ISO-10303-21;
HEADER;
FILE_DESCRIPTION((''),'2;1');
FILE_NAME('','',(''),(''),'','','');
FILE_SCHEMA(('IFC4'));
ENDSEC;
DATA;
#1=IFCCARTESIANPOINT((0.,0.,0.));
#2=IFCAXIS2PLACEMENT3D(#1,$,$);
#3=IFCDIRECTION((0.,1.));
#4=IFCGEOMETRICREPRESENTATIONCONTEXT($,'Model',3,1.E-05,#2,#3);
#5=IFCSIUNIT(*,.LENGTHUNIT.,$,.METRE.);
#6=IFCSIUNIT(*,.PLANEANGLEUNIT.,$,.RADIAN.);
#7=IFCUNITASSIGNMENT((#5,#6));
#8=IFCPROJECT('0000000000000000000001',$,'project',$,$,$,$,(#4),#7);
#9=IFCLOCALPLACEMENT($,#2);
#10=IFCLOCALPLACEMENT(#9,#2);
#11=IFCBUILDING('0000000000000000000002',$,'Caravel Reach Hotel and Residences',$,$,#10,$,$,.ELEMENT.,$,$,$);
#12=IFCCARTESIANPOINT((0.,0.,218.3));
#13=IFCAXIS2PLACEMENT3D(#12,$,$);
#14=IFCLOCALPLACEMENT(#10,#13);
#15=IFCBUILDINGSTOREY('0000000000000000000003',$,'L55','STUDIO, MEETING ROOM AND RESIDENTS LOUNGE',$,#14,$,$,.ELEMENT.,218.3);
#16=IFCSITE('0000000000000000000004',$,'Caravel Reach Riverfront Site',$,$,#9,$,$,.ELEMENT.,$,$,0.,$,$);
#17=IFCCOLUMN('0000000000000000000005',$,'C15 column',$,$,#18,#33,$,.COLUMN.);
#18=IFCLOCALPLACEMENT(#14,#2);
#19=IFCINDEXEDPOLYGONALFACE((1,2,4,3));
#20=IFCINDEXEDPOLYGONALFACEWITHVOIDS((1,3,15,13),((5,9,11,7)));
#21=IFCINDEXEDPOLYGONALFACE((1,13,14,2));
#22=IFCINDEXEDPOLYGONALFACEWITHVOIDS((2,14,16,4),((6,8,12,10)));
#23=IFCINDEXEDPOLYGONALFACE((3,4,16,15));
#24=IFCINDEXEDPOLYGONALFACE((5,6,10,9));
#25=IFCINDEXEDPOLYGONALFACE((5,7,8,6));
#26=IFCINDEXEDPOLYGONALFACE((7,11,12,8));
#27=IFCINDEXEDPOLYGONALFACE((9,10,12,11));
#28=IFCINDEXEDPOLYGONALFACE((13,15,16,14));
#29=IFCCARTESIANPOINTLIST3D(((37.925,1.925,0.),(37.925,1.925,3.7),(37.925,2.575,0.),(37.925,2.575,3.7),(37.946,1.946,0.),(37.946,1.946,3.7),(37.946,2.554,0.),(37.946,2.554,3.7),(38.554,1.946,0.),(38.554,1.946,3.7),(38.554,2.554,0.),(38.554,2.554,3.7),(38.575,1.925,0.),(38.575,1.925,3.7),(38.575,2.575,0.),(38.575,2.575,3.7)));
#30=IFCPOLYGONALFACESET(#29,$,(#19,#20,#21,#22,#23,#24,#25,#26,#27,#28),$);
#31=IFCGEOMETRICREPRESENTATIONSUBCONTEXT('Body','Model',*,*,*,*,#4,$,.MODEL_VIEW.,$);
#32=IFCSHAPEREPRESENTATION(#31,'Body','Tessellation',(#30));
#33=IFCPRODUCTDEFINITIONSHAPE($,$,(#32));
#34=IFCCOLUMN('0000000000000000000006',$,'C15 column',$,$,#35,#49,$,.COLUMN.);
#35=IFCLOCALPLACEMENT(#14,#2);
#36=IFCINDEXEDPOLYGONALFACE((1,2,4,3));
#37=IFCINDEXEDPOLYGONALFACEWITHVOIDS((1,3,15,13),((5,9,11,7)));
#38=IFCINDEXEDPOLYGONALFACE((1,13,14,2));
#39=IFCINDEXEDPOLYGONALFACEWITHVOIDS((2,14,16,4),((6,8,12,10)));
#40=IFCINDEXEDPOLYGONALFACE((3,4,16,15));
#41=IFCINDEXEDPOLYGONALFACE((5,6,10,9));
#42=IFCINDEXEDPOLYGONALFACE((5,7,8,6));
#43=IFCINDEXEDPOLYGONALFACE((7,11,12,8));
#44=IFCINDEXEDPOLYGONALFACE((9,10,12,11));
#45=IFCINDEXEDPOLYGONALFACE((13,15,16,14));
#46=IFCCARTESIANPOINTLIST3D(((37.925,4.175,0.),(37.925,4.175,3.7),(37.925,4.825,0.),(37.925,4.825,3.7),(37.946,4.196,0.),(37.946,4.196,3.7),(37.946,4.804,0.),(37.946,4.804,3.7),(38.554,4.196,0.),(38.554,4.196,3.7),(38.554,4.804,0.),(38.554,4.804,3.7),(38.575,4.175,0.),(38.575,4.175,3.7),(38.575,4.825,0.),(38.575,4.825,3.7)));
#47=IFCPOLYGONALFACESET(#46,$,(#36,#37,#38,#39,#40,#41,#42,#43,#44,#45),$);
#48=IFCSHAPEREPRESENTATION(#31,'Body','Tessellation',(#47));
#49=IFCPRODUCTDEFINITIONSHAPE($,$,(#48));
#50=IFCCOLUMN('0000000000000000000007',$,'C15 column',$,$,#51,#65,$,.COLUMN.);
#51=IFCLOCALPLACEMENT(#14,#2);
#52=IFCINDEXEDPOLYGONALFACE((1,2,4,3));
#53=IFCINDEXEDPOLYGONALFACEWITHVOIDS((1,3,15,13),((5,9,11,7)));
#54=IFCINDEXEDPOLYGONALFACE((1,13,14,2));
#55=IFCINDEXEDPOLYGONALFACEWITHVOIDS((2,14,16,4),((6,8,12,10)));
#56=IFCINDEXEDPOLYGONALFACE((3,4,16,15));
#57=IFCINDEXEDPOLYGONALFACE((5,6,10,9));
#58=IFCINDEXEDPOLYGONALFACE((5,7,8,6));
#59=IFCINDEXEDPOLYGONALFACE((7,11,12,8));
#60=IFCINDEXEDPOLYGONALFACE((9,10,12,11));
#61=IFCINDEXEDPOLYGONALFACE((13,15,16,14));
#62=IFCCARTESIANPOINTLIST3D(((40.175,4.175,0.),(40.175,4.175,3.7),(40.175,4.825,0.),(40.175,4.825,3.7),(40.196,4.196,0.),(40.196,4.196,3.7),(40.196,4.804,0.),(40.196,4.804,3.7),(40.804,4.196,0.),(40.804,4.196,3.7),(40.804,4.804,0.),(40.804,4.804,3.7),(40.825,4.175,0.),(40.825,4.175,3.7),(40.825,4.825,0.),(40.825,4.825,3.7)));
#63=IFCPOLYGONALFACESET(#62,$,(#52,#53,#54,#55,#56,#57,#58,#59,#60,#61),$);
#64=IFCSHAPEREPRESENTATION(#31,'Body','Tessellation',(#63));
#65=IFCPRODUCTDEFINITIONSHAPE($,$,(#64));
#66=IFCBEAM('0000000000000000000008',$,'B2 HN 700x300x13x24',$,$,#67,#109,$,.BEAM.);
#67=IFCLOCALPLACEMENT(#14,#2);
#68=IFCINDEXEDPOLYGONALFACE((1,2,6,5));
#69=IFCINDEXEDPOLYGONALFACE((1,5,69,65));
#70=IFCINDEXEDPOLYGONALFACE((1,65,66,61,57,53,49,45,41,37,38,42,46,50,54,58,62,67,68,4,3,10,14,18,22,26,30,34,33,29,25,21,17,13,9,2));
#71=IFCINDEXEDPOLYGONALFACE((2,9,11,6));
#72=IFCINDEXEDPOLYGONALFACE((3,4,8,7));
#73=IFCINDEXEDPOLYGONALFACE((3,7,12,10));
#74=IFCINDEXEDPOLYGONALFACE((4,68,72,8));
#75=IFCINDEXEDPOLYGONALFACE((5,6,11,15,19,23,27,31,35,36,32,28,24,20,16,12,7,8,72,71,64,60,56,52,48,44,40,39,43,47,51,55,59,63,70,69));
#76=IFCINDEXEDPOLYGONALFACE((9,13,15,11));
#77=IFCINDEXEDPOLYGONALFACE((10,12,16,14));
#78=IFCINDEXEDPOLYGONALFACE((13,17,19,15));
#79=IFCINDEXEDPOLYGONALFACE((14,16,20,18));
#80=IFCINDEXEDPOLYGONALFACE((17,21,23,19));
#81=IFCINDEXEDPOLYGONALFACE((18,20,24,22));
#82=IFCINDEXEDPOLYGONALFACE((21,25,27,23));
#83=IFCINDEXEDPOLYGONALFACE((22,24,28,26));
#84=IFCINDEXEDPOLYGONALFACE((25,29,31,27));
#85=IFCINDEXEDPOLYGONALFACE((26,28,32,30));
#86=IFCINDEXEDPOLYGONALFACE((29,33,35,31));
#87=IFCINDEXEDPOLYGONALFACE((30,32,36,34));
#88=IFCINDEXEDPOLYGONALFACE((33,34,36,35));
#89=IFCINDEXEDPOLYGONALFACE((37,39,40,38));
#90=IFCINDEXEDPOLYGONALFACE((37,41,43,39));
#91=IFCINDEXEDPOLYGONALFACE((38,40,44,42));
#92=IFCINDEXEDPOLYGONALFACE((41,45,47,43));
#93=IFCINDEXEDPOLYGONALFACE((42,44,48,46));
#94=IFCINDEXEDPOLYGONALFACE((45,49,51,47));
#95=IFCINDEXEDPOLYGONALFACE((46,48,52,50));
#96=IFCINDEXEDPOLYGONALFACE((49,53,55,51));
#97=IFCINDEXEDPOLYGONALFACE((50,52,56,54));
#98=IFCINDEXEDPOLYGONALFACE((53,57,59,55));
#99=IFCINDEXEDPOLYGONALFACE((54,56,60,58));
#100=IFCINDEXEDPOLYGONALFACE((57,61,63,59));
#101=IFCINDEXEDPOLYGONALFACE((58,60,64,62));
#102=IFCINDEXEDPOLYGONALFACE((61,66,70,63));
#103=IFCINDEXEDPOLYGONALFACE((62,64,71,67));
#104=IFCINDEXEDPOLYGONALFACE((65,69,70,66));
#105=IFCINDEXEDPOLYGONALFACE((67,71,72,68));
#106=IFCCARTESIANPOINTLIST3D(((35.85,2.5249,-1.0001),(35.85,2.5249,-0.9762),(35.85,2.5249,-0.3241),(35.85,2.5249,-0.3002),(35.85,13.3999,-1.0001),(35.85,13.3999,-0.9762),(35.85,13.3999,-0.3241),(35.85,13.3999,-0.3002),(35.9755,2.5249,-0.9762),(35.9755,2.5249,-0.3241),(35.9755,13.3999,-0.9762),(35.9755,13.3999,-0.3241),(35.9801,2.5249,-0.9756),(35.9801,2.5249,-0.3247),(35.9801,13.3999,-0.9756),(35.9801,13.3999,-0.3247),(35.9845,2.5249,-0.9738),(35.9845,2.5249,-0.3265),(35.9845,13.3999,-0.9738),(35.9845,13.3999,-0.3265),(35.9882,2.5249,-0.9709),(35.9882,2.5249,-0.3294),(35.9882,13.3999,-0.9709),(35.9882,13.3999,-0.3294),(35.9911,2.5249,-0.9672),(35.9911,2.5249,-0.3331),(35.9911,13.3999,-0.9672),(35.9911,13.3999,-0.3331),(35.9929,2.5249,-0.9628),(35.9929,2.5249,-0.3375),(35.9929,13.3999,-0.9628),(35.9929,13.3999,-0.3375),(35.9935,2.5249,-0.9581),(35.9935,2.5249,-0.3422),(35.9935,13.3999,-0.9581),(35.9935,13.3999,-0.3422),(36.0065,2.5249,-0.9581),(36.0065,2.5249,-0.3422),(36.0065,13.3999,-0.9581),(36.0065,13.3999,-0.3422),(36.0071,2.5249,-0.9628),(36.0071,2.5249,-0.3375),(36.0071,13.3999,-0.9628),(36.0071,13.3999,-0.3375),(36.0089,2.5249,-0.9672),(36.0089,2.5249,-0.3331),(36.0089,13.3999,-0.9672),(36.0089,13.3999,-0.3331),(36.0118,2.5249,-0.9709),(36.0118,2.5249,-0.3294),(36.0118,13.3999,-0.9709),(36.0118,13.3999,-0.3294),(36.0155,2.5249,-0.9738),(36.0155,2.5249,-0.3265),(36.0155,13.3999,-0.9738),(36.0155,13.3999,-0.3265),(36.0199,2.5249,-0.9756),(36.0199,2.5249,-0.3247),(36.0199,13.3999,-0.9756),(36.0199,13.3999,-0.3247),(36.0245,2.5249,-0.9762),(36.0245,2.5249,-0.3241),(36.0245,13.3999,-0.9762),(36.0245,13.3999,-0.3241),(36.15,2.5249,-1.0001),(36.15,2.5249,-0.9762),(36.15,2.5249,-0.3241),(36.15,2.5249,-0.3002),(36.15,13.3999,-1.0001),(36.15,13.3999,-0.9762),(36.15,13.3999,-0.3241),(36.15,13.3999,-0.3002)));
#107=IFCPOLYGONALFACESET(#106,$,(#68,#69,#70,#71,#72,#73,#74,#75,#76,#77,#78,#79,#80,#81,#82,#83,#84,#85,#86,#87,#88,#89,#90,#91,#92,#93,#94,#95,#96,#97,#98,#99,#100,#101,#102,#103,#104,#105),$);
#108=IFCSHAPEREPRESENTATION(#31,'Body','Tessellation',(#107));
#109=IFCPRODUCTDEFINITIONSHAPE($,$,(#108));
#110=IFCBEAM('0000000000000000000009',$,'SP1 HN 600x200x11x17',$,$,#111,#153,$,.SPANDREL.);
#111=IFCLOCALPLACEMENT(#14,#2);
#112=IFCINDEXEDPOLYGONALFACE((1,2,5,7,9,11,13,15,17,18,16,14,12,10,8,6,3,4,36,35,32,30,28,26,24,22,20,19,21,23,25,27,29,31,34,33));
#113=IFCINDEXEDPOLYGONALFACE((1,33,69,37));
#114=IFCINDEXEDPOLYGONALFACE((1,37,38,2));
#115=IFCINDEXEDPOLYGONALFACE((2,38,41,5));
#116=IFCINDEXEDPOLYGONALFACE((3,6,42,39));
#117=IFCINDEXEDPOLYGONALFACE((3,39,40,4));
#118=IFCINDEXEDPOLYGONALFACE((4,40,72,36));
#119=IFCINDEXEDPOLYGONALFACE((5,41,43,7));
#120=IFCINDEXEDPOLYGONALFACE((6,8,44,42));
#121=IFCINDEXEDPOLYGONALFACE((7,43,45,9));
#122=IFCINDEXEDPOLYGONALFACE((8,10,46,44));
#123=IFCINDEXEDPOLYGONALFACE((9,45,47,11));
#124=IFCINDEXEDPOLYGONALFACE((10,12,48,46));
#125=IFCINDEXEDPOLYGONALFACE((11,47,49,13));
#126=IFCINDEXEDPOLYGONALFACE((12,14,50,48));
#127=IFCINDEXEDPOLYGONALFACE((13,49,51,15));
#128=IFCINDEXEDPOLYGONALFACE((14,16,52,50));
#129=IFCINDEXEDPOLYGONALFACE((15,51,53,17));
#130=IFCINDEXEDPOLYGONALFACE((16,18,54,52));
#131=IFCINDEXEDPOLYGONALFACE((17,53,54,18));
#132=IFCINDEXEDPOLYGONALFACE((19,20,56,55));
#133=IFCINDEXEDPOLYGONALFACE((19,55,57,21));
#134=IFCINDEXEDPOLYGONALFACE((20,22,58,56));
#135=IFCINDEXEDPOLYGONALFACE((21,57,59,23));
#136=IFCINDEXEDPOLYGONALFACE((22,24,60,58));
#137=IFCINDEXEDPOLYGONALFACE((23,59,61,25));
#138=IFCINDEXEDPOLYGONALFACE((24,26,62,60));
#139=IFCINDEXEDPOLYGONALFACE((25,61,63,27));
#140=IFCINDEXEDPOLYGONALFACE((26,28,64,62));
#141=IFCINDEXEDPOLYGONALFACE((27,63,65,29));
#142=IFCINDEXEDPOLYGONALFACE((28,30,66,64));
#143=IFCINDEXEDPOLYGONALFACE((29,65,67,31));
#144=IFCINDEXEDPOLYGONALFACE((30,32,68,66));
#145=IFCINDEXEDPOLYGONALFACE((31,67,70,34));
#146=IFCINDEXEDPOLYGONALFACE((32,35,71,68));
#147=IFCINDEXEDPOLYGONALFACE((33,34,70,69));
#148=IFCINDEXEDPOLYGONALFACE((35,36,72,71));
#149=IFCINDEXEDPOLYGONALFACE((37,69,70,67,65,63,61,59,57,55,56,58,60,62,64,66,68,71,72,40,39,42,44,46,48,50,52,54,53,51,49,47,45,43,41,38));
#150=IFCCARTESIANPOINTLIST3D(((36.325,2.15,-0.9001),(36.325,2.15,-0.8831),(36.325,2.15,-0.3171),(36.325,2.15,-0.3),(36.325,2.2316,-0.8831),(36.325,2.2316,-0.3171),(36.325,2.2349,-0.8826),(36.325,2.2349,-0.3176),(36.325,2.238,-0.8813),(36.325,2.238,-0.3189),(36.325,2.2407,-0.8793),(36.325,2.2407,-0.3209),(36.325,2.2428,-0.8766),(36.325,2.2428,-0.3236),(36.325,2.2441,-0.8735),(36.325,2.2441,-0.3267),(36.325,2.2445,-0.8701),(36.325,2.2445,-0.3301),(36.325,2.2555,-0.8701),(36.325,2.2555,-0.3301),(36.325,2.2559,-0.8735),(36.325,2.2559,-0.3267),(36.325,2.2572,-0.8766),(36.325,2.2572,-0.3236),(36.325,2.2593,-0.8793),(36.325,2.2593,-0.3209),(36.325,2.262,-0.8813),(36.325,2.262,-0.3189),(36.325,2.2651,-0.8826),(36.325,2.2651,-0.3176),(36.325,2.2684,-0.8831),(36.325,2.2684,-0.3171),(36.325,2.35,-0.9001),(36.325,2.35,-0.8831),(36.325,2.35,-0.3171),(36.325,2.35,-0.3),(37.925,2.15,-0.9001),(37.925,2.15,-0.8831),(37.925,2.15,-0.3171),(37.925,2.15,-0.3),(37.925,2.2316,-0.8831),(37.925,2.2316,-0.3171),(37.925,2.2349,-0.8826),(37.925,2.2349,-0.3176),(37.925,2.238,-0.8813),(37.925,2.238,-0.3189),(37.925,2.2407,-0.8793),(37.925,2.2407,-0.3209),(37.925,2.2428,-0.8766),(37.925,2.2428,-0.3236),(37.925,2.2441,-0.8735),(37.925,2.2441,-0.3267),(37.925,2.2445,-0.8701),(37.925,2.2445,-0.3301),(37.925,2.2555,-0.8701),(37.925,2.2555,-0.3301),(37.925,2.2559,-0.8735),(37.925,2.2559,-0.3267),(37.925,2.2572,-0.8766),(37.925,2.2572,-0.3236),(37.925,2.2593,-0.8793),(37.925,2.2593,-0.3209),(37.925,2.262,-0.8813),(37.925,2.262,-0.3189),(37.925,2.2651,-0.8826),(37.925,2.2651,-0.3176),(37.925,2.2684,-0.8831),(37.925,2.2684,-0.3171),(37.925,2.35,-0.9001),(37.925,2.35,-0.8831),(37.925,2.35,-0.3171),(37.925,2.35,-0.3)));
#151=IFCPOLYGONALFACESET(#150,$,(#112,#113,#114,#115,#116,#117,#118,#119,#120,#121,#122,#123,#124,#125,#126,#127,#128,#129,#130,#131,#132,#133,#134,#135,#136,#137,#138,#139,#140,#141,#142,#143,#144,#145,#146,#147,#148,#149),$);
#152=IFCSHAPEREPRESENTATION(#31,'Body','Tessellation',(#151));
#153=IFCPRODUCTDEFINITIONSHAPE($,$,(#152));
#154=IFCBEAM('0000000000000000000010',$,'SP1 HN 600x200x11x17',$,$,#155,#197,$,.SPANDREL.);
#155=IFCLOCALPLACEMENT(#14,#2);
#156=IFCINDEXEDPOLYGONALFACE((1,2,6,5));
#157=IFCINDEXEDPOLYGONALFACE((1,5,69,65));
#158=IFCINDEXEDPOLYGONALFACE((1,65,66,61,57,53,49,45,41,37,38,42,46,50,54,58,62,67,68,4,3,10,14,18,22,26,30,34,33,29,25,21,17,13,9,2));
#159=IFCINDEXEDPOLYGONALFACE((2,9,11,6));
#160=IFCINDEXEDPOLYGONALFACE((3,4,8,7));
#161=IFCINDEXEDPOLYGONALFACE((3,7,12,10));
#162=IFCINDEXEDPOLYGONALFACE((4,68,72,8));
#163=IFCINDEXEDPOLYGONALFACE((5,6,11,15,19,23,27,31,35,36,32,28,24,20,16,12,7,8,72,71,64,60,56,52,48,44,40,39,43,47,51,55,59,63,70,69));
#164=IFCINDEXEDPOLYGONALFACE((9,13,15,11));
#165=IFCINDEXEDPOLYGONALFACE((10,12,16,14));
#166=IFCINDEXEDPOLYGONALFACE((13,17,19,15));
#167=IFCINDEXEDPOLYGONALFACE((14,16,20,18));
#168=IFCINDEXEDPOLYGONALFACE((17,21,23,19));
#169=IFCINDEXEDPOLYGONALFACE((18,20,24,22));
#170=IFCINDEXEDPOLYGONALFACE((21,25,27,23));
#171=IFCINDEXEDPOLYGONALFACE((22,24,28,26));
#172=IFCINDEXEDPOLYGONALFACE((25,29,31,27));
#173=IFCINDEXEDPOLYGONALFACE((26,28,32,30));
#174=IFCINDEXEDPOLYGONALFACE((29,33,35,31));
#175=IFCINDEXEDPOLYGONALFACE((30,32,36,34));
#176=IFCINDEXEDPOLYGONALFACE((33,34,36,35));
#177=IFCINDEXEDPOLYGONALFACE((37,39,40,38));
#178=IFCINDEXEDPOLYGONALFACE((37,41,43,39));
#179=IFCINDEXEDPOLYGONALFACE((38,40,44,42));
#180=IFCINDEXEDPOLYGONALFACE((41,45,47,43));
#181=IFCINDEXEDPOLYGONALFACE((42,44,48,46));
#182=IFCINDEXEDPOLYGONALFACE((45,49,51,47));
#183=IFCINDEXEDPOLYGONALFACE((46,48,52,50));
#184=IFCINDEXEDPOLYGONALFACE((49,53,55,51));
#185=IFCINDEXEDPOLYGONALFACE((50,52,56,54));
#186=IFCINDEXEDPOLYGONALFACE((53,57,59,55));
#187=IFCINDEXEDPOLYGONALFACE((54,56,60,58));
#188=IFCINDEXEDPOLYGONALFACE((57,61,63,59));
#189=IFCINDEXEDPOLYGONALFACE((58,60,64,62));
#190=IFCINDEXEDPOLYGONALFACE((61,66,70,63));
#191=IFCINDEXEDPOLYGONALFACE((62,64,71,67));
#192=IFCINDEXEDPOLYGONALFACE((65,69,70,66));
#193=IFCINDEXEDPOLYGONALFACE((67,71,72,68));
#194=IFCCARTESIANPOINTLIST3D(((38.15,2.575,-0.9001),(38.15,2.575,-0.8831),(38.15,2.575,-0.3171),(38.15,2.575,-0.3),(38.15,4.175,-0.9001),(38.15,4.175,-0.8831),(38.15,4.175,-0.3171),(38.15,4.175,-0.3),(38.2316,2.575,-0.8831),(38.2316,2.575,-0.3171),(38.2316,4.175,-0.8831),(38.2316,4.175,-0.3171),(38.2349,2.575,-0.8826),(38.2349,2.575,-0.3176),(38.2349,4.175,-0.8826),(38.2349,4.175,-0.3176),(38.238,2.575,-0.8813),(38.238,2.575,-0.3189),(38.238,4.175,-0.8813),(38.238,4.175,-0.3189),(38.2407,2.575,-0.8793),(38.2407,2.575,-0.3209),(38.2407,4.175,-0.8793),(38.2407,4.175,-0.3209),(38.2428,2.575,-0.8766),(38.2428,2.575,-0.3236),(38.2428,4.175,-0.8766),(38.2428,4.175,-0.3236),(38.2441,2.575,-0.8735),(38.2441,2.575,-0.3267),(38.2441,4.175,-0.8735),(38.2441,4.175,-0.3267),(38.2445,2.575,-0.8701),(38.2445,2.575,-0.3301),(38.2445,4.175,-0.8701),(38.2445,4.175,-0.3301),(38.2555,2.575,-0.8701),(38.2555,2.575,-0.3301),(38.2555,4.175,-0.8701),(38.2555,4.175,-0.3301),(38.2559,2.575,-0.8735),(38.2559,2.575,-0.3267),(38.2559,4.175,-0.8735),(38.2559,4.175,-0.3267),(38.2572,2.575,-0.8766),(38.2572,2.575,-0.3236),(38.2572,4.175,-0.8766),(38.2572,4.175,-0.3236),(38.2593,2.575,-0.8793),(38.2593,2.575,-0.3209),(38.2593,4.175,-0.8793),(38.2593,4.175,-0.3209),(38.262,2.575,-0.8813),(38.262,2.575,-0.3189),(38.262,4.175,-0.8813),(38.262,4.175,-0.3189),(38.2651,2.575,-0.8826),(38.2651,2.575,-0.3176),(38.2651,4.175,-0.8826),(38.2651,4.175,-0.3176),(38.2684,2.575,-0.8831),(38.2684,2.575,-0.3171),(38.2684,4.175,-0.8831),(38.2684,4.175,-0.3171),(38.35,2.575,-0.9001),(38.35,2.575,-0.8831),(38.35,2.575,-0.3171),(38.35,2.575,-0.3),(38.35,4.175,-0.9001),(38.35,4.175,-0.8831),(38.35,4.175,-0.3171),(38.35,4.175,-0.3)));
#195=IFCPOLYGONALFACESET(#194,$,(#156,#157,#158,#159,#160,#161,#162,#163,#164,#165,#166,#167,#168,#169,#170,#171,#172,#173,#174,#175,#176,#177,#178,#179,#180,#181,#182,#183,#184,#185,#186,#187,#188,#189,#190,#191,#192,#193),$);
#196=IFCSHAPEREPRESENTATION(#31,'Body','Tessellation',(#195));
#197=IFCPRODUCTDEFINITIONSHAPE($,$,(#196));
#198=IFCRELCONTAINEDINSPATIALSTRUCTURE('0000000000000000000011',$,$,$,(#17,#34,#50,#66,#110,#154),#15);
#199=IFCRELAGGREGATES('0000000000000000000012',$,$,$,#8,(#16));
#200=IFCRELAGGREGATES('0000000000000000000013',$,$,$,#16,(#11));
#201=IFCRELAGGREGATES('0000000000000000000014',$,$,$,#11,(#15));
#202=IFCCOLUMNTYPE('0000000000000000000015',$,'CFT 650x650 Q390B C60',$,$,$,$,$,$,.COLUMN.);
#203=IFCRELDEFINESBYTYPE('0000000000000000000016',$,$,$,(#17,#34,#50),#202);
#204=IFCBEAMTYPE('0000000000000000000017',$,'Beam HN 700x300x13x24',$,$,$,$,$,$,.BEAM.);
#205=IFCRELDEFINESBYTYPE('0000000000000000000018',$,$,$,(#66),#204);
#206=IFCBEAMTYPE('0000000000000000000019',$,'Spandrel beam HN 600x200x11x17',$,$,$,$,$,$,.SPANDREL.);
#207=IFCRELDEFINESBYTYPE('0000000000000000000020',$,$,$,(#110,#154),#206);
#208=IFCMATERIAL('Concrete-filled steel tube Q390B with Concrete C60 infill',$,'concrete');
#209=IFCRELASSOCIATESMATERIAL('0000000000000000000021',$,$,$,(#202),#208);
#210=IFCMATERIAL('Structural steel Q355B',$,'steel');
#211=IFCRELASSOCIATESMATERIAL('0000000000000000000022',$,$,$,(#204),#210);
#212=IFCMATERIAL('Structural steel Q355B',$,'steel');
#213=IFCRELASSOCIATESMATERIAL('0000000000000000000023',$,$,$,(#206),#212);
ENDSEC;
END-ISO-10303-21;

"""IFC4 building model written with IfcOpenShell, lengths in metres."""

from ifc_helpers import new_model, si_unit, direction, frame, origin, origin_2d, place, context, subcontext, project, spatial, hollow_rectangle, i_section, extrude, material, material_profile, profile_set, type_object, element, save


model = new_model("IFC4")

# Units and contexts
model_context = context("Model", 3, precision=1e-05, world=origin(), true_north=direction((0.0, 1.0)))
body_context = subcontext(model_context, "Body", "Model", "MODEL_VIEW")
ifc_project = project(units=[si_unit("LENGTHUNIT", "METRE"), si_unit("PLANEANGLEUNIT", "RADIAN")], contexts=[model_context])

# Site, building, storey
site_placement = place(None, origin())
site = spatial("IfcSite", under=ifc_project, at=site_placement, Name="Caravel Reach Riverfront Site", CompositionType="ELEMENT", RefElevation=0.0)
building_placement = place(site_placement, origin())
building = spatial("IfcBuilding", under=site, at=building_placement, Name="Caravel Reach Hotel and Residences", CompositionType="ELEMENT")
storey_placement = place(building_placement, frame((0.0, 0.0, 218.3)))
storey = spatial("IfcBuildingStorey", under=building, at=storey_placement, Name="L55", Description="STUDIO, MEETING ROOM AND RESIDENTS LOUNGE", CompositionType="ELEMENT", Elevation=218.3)

# Columns
ifc_material_1 = material(Name="Concrete-filled steel tube Q390B with Concrete C60 infill", Category="concrete")
ifc_material_profile_1 = material_profile(ifc_material_1, hollow_rectangle(XDim=0.6499, YDim=0.6499, WallThickness=0.021, at=origin_2d()), Name="RHS 650x650x21")
ifc_profile_set_1 = profile_set([ifc_material_profile_1], Name="Concrete-filled steel tube Q390B with Concrete C60 infill")
column_type = type_object("IfcColumnType", Name="CFT 650x650 Q390B C60", PredefinedType="COLUMN", material=ifc_profile_set_1)
for number, where, z_axis, x_axis, name in (
    (1, (38.25, 2.25, 0.0), (0.0, 0.0, 1.0), (1.0, 0.0, 0.0), "C15 column"),
    (2, (38.25, 4.5, 0.0), (0.0, 0.0, 1.0), (1.0, 0.0, 0.0), "C15 column"),
    (3, (40.5, 4.5, 0.0), (0.0, 0.0, 1.0), (1.0, 0.0, 0.0), "C15 column"),
):
    element("IfcColumn", number, at=place(storey_placement, frame(where, z_axis=z_axis, x_axis=x_axis)), inside=storey, type_object=column_type, Name=name, PredefinedType="COLUMN", context=body_context, shape_type="SweptSolid", body=[
        extrude(hollow_rectangle(XDim=0.6499, YDim=0.6499, WallThickness=0.021, at=origin_2d()), origin(), (0.0, 0.0, 1.0), 3.7),
    ])

# Beams
ifc_material_2 = material(Name="Structural steel Q355B", Category="steel")
ifc_material_profile_2 = material_profile(ifc_material_2, i_section(OverallWidth=0.3, OverallDepth=0.7, WebThickness=0.0129, FlangeThickness=0.0239, FilletRadius=0.0181, at=origin_2d()), Name="HN 700x300x13x24")
ifc_profile_set_2 = profile_set([ifc_material_profile_2], Name="Structural steel Q355B")
beam_type_1 = type_object("IfcBeamType", Name="Beam HN 700x300x13x24", PredefinedType="BEAM", material=ifc_profile_set_2)
beam_1_placement = place(storey_placement, frame((36.0, 13.3999, -0.6501), z_axis=(0.0, -1.0, 0.0), x_axis=(1.0, 0.0, 0.0)))
element("IfcBeam", 4, at=beam_1_placement, inside=storey, type_object=beam_type_1, Name="B2 HN 700x300x13x24", PredefinedType="BEAM", context=body_context, shape_type="SweptSolid", body=[
    extrude(i_section(OverallWidth=0.3, OverallDepth=0.7, WebThickness=0.0129, FlangeThickness=0.0239, FilletRadius=0.0181, at=origin_2d()), origin(), (0.0, 0.0, 1.0), 10.875),
])
ifc_material_3 = material(Name="Structural steel Q355B", Category="steel")
ifc_material_profile_3 = material_profile(ifc_material_3, i_section(OverallWidth=0.2, OverallDepth=0.6001, WebThickness=0.011, FlangeThickness=0.0171, FilletRadius=0.0129, at=origin_2d()), Name="HN 600x200x11x17")
ifc_profile_set_3 = profile_set([ifc_material_profile_3], Name="Structural steel Q355B")
beam_type_2 = type_object("IfcBeamType", Name="Spandrel beam HN 600x200x11x17", PredefinedType="SPANDREL", material=ifc_profile_set_3)
for number, where, z_axis, x_axis, name in (
    (5, (36.325, 2.25, -0.6001), (1.0, 0.0, 0.0), (0.0, 1.0, 0.0), "SP1 HN 600x200x11x17"),
    (6, (38.25, 2.575, -0.6001), (0.0, 1.0, 0.0), (-1.0, 0.0, 0.0), "SP1 HN 600x200x11x17"),
):
    element("IfcBeam", number, at=place(storey_placement, frame(where, z_axis=z_axis, x_axis=x_axis)), inside=storey, type_object=beam_type_2, Name=name, PredefinedType="SPANDREL", context=body_context, shape_type="SweptSolid", body=[
        extrude(i_section(OverallWidth=0.2, OverallDepth=0.6001, WebThickness=0.011, FlangeThickness=0.0171, FilletRadius=0.0129, at=origin_2d()), origin(), (0.0, 0.0, 1.0), 1.6001),
    ])

save(model, "model.ifc")
